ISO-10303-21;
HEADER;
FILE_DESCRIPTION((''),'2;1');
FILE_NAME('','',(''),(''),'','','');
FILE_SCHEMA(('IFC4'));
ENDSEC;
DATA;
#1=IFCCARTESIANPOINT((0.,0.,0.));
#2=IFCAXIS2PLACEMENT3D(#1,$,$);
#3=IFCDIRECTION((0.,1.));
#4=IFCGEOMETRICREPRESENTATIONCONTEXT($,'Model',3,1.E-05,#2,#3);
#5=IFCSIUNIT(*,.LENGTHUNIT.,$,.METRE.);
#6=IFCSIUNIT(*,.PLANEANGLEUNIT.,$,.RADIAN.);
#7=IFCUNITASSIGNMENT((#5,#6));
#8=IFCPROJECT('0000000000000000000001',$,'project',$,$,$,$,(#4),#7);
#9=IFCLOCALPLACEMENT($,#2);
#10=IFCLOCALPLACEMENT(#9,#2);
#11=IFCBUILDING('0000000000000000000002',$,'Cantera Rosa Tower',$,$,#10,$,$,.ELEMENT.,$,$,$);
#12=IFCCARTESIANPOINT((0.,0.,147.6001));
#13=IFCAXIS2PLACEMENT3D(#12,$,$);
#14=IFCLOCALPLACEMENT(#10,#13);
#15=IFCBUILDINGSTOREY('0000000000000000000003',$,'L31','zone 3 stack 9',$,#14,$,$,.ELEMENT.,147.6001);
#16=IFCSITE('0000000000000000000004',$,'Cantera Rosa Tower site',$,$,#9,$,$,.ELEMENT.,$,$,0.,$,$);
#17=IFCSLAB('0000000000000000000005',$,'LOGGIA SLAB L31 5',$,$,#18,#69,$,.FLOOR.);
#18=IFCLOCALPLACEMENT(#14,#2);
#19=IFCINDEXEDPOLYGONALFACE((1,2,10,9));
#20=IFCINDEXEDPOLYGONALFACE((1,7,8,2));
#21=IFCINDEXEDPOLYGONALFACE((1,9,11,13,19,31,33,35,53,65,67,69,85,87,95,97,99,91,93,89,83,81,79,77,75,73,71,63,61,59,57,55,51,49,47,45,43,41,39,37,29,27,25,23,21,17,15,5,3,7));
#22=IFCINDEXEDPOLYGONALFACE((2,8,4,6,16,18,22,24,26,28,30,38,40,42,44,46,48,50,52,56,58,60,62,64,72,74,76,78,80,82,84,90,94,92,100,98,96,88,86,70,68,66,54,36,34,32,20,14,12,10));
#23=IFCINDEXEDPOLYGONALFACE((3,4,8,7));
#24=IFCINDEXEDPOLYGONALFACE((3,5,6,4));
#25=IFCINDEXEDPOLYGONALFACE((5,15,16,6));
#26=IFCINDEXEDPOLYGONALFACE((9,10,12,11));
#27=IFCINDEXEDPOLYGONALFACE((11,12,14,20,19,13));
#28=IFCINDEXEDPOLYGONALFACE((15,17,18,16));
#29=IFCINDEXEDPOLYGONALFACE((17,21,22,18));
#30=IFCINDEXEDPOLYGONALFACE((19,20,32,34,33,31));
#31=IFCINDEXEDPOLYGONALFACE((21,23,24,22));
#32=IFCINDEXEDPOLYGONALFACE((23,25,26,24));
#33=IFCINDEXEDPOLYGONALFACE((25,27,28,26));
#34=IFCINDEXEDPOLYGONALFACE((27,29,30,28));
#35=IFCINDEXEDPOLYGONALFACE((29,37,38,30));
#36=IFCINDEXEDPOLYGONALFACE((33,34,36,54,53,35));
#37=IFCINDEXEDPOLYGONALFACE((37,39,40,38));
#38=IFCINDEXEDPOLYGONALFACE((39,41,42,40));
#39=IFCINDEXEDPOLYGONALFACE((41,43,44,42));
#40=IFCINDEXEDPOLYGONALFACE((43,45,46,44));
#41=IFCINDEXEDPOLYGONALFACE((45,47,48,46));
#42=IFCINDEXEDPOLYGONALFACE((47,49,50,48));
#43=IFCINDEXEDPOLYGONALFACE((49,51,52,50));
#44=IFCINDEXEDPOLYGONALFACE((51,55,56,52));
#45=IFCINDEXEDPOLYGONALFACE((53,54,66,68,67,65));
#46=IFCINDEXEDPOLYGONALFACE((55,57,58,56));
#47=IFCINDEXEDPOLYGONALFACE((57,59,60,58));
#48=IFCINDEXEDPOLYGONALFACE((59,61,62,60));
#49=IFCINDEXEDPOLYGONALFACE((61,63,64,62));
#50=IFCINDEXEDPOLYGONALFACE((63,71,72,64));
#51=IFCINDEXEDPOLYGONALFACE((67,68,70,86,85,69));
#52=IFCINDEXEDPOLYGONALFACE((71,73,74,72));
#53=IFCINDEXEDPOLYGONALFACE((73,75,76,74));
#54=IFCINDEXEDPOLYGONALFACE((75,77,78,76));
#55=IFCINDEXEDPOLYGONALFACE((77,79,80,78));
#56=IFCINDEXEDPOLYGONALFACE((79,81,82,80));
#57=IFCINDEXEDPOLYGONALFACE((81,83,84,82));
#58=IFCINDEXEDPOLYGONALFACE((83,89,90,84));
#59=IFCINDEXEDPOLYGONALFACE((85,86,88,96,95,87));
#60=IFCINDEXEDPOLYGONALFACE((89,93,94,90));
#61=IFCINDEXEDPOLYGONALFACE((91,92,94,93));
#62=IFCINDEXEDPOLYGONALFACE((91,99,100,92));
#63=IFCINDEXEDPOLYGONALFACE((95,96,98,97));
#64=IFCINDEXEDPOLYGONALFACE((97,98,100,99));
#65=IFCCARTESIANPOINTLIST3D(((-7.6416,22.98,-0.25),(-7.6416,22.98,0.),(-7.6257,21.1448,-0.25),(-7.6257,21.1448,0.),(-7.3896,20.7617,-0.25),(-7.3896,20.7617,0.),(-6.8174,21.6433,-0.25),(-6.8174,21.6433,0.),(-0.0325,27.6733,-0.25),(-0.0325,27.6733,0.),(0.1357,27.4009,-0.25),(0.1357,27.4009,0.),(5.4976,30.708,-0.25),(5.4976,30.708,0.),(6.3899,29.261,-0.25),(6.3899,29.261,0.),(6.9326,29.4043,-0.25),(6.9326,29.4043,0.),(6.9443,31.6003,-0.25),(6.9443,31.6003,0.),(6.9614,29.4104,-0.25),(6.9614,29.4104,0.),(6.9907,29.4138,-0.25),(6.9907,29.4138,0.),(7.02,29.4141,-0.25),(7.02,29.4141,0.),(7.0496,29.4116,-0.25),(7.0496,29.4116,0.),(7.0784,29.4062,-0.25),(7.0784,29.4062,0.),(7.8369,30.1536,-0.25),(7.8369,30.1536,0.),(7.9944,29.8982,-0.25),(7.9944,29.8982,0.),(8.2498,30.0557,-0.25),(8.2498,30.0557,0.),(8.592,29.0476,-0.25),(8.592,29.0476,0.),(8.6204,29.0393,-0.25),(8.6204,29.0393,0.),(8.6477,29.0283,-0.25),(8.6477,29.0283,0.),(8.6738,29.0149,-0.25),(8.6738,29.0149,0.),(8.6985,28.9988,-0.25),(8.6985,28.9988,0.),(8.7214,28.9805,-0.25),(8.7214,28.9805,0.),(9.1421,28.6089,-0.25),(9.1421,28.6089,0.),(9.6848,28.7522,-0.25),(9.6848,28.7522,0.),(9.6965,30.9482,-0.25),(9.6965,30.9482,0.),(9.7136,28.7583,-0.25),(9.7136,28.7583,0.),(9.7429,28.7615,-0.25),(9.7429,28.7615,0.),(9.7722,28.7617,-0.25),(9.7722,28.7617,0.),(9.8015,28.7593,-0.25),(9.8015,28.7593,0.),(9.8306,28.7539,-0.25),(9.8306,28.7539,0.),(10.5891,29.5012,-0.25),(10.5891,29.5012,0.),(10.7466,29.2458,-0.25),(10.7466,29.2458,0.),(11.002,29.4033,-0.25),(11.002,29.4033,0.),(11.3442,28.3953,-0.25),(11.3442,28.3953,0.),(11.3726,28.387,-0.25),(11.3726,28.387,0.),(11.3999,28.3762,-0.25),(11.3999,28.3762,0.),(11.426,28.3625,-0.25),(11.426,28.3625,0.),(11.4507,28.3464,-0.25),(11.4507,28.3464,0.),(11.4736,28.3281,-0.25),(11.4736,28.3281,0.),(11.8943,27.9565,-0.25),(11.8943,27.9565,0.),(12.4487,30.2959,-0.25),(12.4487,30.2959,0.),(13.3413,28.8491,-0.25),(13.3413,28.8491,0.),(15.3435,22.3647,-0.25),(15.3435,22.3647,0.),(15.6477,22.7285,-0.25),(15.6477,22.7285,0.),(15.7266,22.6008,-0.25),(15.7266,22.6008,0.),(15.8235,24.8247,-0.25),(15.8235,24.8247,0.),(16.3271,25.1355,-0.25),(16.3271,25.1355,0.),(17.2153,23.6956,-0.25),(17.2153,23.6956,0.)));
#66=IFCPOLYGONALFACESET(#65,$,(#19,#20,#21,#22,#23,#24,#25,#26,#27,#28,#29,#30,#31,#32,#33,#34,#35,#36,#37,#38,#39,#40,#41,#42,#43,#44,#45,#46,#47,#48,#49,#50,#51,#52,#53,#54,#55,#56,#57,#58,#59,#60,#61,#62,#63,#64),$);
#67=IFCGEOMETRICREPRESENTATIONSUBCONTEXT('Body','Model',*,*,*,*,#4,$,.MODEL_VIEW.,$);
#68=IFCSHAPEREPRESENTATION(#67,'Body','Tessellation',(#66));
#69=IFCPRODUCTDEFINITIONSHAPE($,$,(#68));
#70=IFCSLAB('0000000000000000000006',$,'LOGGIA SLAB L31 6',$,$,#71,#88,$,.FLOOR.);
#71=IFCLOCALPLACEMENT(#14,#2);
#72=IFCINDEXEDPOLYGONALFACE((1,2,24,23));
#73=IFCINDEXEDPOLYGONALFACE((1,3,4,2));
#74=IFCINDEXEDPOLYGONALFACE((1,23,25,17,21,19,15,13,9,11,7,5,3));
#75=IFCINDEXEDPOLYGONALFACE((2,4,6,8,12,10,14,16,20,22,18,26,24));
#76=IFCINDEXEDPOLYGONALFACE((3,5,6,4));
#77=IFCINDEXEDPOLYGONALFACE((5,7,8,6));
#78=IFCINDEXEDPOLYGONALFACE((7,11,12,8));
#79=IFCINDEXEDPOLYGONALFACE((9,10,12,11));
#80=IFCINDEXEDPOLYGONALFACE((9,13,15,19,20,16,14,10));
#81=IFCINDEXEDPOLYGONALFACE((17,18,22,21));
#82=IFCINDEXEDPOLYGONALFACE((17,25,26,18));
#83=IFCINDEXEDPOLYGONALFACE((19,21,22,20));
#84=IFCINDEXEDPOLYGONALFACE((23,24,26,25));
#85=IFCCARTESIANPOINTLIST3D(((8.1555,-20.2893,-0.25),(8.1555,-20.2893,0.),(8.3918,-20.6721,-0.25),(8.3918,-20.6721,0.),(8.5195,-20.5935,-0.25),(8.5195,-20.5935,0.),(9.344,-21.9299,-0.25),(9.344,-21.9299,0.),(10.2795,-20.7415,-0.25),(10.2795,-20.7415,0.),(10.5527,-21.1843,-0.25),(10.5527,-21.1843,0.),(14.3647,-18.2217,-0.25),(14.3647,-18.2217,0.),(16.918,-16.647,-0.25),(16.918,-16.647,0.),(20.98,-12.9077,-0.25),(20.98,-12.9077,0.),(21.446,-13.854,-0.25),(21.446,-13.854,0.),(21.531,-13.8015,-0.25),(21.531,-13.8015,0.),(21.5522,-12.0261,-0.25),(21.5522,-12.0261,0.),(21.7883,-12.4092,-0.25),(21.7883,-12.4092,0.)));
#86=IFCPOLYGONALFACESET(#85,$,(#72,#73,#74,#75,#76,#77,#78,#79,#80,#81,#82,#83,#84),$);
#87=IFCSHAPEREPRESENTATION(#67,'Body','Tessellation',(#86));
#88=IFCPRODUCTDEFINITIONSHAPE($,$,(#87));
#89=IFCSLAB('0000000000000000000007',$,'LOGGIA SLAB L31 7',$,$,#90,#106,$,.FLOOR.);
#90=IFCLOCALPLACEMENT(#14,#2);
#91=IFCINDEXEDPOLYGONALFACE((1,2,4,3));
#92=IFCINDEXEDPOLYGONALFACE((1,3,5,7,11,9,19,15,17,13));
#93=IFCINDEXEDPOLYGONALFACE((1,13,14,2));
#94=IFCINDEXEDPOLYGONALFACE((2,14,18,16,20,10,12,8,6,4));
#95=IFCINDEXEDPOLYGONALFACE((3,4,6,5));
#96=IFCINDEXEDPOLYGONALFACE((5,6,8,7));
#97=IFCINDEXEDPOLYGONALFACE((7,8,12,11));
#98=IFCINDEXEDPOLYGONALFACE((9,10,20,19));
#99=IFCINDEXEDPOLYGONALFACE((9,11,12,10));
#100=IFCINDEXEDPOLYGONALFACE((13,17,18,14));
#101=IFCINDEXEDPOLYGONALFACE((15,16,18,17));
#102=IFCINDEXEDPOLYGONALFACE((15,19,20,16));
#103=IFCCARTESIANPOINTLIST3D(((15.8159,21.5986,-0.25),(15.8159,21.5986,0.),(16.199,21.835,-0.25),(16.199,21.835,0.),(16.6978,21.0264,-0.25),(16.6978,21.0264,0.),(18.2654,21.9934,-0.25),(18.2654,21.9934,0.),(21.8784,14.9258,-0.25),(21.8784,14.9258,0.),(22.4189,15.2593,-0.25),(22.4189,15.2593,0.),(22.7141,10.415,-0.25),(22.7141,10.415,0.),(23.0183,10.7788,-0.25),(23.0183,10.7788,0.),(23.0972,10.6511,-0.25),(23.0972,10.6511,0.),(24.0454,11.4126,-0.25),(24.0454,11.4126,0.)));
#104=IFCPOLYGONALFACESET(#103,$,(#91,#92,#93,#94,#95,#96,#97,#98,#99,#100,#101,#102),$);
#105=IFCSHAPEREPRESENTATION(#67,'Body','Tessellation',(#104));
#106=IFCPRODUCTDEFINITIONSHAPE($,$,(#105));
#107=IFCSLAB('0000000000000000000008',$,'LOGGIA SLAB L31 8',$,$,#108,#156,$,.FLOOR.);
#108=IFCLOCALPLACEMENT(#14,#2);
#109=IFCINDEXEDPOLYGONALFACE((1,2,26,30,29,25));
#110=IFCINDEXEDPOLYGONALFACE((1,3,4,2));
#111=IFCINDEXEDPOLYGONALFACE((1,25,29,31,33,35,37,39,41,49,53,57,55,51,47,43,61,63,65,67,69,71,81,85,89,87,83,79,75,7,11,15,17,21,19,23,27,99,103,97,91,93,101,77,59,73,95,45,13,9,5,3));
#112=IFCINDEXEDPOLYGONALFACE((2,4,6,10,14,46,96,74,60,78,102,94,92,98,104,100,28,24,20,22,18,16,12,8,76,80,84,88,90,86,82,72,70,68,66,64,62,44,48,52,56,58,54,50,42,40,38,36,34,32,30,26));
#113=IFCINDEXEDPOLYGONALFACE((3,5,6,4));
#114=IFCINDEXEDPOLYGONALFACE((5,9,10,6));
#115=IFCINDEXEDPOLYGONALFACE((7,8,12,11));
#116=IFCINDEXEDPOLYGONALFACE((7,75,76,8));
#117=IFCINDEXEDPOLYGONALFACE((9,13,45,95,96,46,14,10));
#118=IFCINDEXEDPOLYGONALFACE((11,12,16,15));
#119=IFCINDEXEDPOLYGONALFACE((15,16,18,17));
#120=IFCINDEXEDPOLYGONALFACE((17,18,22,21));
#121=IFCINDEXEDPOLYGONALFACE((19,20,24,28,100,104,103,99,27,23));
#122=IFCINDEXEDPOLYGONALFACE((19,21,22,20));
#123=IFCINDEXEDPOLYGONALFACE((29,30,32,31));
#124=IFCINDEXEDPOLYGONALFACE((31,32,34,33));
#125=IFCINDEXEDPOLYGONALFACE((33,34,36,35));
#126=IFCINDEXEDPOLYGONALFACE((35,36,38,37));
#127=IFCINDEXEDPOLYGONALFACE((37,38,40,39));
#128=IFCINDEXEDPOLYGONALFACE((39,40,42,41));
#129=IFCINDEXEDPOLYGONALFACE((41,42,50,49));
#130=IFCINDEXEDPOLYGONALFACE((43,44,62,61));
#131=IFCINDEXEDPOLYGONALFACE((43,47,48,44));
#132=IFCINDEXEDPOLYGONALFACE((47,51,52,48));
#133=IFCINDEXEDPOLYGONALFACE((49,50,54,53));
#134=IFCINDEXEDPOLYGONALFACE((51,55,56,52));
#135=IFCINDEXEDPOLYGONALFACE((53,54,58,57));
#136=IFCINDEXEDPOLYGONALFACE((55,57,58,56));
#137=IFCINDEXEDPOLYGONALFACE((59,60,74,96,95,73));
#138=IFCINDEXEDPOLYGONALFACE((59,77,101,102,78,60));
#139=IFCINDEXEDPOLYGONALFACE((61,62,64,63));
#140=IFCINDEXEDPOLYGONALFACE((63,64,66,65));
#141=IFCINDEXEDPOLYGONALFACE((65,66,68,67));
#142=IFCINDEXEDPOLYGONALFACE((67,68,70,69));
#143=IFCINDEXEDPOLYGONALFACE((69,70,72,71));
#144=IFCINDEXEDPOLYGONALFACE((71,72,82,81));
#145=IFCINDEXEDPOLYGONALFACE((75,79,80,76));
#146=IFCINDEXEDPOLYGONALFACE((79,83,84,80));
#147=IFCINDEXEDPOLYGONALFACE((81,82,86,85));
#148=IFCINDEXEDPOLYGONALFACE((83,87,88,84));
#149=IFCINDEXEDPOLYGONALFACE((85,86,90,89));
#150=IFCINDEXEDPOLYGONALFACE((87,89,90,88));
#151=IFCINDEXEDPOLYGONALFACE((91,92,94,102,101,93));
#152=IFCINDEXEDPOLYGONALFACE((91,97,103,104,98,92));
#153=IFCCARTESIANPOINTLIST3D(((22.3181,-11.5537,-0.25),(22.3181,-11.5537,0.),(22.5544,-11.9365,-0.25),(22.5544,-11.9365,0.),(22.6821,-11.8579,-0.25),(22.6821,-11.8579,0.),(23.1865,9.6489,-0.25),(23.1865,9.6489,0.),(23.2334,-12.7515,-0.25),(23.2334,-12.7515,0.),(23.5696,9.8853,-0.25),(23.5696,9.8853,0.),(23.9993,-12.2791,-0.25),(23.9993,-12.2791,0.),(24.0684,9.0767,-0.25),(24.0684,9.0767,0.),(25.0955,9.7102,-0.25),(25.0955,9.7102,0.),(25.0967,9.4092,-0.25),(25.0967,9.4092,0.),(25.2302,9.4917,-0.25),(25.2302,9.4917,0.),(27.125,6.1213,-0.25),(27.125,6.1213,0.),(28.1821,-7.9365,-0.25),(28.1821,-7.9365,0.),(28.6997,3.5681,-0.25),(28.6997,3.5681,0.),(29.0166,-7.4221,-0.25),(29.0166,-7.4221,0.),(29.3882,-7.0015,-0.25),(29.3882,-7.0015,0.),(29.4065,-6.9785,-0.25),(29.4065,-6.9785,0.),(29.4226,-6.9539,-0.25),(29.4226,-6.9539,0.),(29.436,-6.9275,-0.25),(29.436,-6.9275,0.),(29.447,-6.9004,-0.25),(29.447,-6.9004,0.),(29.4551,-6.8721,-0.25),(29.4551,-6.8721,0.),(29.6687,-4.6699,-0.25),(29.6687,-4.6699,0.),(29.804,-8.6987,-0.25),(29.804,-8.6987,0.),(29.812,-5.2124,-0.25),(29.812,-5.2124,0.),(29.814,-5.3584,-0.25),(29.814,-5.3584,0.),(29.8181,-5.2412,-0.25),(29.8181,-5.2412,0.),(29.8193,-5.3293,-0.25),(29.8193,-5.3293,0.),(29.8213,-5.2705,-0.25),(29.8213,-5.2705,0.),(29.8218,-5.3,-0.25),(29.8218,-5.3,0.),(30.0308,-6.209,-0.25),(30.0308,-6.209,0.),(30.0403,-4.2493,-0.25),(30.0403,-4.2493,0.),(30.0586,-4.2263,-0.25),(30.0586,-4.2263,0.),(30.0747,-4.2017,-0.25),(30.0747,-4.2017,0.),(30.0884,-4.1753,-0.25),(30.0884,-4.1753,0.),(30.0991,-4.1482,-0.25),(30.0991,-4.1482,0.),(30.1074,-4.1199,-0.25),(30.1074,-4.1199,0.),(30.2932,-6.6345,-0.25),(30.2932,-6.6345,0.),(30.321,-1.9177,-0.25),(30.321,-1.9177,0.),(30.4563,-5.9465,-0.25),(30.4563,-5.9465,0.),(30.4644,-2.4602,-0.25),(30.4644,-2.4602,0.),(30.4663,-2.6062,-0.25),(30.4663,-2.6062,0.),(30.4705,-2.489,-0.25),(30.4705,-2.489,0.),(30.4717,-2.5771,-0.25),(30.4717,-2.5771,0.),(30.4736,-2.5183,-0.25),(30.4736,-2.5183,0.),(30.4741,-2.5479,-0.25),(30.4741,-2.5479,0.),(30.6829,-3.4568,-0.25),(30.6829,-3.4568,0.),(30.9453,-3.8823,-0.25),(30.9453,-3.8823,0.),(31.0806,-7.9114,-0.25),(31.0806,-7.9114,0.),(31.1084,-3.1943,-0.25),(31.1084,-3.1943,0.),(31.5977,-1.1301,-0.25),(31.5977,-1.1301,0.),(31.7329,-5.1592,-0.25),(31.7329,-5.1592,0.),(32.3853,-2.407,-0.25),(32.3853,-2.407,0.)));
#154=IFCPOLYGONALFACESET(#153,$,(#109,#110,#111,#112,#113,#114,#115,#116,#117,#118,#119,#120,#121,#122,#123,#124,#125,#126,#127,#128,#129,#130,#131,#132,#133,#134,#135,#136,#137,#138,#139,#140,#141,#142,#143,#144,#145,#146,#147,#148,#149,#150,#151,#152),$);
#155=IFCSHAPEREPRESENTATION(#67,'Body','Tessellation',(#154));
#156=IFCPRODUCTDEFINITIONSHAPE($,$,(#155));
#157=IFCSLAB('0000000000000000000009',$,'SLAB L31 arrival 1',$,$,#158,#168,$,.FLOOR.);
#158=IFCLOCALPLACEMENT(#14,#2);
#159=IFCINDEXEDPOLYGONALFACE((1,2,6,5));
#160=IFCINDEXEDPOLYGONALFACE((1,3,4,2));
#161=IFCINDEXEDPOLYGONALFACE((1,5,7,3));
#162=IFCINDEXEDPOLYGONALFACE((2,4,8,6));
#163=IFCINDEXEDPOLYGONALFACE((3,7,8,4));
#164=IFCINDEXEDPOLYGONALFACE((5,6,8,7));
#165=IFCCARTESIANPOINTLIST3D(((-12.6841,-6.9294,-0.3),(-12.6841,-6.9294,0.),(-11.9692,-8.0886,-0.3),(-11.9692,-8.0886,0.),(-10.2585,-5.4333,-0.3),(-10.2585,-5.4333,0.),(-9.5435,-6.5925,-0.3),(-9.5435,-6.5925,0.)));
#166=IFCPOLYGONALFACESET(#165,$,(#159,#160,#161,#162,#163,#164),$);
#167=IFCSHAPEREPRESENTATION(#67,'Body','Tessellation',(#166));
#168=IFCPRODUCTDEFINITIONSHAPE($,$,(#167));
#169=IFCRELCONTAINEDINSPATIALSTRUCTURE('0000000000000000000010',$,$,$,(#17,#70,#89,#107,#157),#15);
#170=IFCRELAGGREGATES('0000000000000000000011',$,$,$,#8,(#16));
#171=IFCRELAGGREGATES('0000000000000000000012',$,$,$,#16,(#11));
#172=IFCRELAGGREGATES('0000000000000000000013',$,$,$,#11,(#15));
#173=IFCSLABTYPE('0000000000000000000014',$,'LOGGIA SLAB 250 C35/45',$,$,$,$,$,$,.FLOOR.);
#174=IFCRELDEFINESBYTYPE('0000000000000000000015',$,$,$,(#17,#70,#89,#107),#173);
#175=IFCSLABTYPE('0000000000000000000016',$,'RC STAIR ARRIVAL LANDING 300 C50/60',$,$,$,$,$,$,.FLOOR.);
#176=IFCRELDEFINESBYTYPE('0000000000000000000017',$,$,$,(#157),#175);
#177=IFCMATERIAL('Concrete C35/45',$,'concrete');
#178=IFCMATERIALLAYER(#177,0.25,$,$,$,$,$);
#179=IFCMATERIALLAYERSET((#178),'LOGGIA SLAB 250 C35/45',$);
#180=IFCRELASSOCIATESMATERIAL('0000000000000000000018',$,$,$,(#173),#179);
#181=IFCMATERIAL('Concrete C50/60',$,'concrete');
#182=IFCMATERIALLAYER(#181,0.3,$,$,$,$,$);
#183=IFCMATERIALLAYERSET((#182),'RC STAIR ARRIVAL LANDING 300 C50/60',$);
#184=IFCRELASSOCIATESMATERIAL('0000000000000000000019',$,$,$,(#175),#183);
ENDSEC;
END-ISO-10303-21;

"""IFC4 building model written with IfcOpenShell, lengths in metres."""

from ifc_helpers import new_model, si_unit, direction, frame, origin, place, context, subcontext, project, spatial, polyline, outline, extrude, material, layer, layer_set, type_object, element, save


model = new_model("IFC4")

# Units and contexts
model_context = context("Model", 3, precision=1e-05, world=origin(), true_north=direction((0.0, 1.0)))
body_context = subcontext(model_context, "Body", "Model", "MODEL_VIEW")
ifc_project = project(units=[si_unit("LENGTHUNIT", "METRE"), si_unit("PLANEANGLEUNIT", "RADIAN")], contexts=[model_context])

# Site, building, storey
site_placement = place(None, origin())
site = spatial("IfcSite", under=ifc_project, at=site_placement, Name="Cantera Rosa Tower site", CompositionType="ELEMENT", RefElevation=0.0)
building_placement = place(site_placement, origin())
building = spatial("IfcBuilding", under=site, at=building_placement, Name="Cantera Rosa Tower", CompositionType="ELEMENT")
storey_placement = place(building_placement, frame((0.0, 0.0, 147.6001)))
storey = spatial("IfcBuildingStorey", under=building, at=storey_placement, Name="L31", Description="zone 3 stack 9", CompositionType="ELEMENT", Elevation=147.6001)

# Slabs
ifc_material_1 = material(Name="Concrete C35/45", Category="concrete")
ifc_layer_1 = layer(ifc_material_1, 0.25)
ifc_layer_set_1 = layer_set([ifc_layer_1], Name="LOGGIA SLAB 250 C35/45")
slab_type_1 = type_object("IfcSlabType", Name="LOGGIA SLAB 250 C35/45", PredefinedType="FLOOR", material=ifc_layer_set_1)
slab_1_placement = place(storey_placement, frame((0.0, 0.0, -0.25)))
element("IfcSlab", 1, at=slab_1_placement, inside=storey, type_object=slab_type_1, Name="LOGGIA SLAB L31 5", PredefinedType="FLOOR", context=body_context, shape_type="SweptSolid", body=[
    extrude(outline(polyline([(7.9944, 29.8982), (8.2498, 30.0557), (9.6965, 30.9482), (10.5891, 29.5012), (10.7466, 29.2458), (11.002, 29.4033), (12.4487, 30.2959), (13.3413, 28.8491), (15.8235, 24.8247), (16.3271, 25.1355), (17.2153, 23.6956), (15.6477, 22.7285), (15.7266, 22.6008), (15.3435, 22.3647), (11.8943, 27.9565), (11.4736, 28.3281), (11.4507, 28.3464), (11.426, 28.3625), (11.3999, 28.3762), (11.3726, 28.387), (11.3442, 28.3953), (9.8306, 28.7539), (9.8015, 28.7593), (9.7722, 28.7617), (9.7429, 28.7615), (9.7136, 28.7583), (9.6848, 28.7522), (9.1421, 28.6089), (8.7214, 28.9805), (8.6985, 28.9988), (8.6738, 29.0149), (8.6477, 29.0283), (8.6204, 29.0393), (8.592, 29.0476), (7.0784, 29.4062), (7.0496, 29.4116), (7.02, 29.4141), (6.9907, 29.4138), (6.9614, 29.4104), (6.9326, 29.4043), (6.3899, 29.261), (-7.3896, 20.7617), (-7.6257, 21.1448), (-6.8174, 21.6433), (-7.6416, 22.98), (-0.0325, 27.6733), (0.1357, 27.4009), (5.4976, 30.708), (6.9443, 31.6003), (7.8369, 30.1536), (7.9944, 29.8982)])), origin(), (0.0, 0.0, 1.0), 0.25),
])
slab_2_placement = place(storey_placement, frame((0.0, 0.0, -0.25)))
element("IfcSlab", 2, at=slab_2_placement, inside=storey, type_object=slab_type_1, Name="LOGGIA SLAB L31 6", PredefinedType="FLOOR", context=body_context, shape_type="SweptSolid", body=[
    extrude(outline(polyline([(21.5522, -12.0261), (21.7883, -12.4092), (20.98, -12.9077), (21.531, -13.8015), (21.446, -13.854), (16.918, -16.647), (14.3647, -18.2217), (10.2795, -20.7415), (10.5527, -21.1843), (9.344, -21.9299), (8.5195, -20.5935), (8.3918, -20.6721), (8.1555, -20.2893), (21.5522, -12.0261)])), origin(), (0.0, 0.0, 1.0), 0.25),
])
slab_3_placement = place(storey_placement, frame((0.0, 0.0, -0.25)))
element("IfcSlab", 3, at=slab_3_placement, inside=storey, type_object=slab_type_1, Name="LOGGIA SLAB L31 7", PredefinedType="FLOOR", context=body_context, shape_type="SweptSolid", body=[
    extrude(outline(polyline([(22.7141, 10.415), (15.8159, 21.5986), (16.199, 21.835), (16.6978, 21.0264), (18.2654, 21.9934), (22.4189, 15.2593), (21.8784, 14.9258), (24.0454, 11.4126), (23.0183, 10.7788), (23.0972, 10.6511), (22.7141, 10.415)])), origin(), (0.0, 0.0, 1.0), 0.25),
])
slab_4_placement = place(storey_placement, frame((0.0, 0.0, -0.25)))
element("IfcSlab", 4, at=slab_4_placement, inside=storey, type_object=slab_type_1, Name="LOGGIA SLAB L31 8", PredefinedType="FLOOR", context=body_context, shape_type="SweptSolid", body=[
    extrude(outline(polyline([(32.3853, -2.407), (31.1084, -3.1943), (30.6829, -3.4568), (30.9453, -3.8823), (31.7329, -5.1592), (30.4563, -5.9465), (30.0308, -6.209), (30.2932, -6.6345), (31.0806, -7.9114), (29.804, -8.6987), (23.9993, -12.2791), (23.2334, -12.7515), (22.6821, -11.8579), (22.5544, -11.9365), (22.3181, -11.5537), (28.1821, -7.9365), (29.0166, -7.4221), (29.3882, -7.0015), (29.4065, -6.9785), (29.4226, -6.9539), (29.436, -6.9275), (29.447, -6.9004), (29.4551, -6.8721), (29.814, -5.3584), (29.8193, -5.3293), (29.8218, -5.3), (29.8213, -5.2705), (29.8181, -5.2412), (29.812, -5.2124), (29.6687, -4.6699), (30.0403, -4.2493), (30.0586, -4.2263), (30.0747, -4.2017), (30.0884, -4.1753), (30.0991, -4.1482), (30.1074, -4.1199), (30.4663, -2.6062), (30.4717, -2.5771), (30.4741, -2.5479), (30.4736, -2.5183), (30.4705, -2.489), (30.4644, -2.4602), (30.321, -1.9177), (23.1865, 9.6489), (23.5696, 9.8853), (24.0684, 9.0767), (25.0955, 9.7102), (25.2302, 9.4917), (25.0967, 9.4092), (27.125, 6.1213), (28.6997, 3.5681), (31.5977, -1.1301), (32.3853, -2.407)])), origin(), (0.0, 0.0, 1.0), 0.25),
])
ifc_material_2 = material(Name="Concrete C50/60", Category="concrete")
ifc_layer_2 = layer(ifc_material_2, 0.3)
ifc_layer_set_2 = layer_set([ifc_layer_2], Name="RC STAIR ARRIVAL LANDING 300 C50/60")
slab_type_2 = type_object("IfcSlabType", Name="RC STAIR ARRIVAL LANDING 300 C50/60", PredefinedType="FLOOR", material=ifc_layer_set_2)
slab_5_placement = place(storey_placement, frame((0.0, 0.0, -0.3)))
element("IfcSlab", 5, at=slab_5_placement, inside=storey, type_object=slab_type_2, Name="SLAB L31 arrival 1", PredefinedType="FLOOR", context=body_context, shape_type="SweptSolid", body=[
    extrude(outline(polyline([(-10.2585, -5.4333), (-9.5435, -6.5925), (-11.9692, -8.0886), (-12.6841, -6.9294), (-10.2585, -5.4333)])), origin(), (0.0, 0.0, 1.0), 0.3),
])

save(model, "model.ifc")
